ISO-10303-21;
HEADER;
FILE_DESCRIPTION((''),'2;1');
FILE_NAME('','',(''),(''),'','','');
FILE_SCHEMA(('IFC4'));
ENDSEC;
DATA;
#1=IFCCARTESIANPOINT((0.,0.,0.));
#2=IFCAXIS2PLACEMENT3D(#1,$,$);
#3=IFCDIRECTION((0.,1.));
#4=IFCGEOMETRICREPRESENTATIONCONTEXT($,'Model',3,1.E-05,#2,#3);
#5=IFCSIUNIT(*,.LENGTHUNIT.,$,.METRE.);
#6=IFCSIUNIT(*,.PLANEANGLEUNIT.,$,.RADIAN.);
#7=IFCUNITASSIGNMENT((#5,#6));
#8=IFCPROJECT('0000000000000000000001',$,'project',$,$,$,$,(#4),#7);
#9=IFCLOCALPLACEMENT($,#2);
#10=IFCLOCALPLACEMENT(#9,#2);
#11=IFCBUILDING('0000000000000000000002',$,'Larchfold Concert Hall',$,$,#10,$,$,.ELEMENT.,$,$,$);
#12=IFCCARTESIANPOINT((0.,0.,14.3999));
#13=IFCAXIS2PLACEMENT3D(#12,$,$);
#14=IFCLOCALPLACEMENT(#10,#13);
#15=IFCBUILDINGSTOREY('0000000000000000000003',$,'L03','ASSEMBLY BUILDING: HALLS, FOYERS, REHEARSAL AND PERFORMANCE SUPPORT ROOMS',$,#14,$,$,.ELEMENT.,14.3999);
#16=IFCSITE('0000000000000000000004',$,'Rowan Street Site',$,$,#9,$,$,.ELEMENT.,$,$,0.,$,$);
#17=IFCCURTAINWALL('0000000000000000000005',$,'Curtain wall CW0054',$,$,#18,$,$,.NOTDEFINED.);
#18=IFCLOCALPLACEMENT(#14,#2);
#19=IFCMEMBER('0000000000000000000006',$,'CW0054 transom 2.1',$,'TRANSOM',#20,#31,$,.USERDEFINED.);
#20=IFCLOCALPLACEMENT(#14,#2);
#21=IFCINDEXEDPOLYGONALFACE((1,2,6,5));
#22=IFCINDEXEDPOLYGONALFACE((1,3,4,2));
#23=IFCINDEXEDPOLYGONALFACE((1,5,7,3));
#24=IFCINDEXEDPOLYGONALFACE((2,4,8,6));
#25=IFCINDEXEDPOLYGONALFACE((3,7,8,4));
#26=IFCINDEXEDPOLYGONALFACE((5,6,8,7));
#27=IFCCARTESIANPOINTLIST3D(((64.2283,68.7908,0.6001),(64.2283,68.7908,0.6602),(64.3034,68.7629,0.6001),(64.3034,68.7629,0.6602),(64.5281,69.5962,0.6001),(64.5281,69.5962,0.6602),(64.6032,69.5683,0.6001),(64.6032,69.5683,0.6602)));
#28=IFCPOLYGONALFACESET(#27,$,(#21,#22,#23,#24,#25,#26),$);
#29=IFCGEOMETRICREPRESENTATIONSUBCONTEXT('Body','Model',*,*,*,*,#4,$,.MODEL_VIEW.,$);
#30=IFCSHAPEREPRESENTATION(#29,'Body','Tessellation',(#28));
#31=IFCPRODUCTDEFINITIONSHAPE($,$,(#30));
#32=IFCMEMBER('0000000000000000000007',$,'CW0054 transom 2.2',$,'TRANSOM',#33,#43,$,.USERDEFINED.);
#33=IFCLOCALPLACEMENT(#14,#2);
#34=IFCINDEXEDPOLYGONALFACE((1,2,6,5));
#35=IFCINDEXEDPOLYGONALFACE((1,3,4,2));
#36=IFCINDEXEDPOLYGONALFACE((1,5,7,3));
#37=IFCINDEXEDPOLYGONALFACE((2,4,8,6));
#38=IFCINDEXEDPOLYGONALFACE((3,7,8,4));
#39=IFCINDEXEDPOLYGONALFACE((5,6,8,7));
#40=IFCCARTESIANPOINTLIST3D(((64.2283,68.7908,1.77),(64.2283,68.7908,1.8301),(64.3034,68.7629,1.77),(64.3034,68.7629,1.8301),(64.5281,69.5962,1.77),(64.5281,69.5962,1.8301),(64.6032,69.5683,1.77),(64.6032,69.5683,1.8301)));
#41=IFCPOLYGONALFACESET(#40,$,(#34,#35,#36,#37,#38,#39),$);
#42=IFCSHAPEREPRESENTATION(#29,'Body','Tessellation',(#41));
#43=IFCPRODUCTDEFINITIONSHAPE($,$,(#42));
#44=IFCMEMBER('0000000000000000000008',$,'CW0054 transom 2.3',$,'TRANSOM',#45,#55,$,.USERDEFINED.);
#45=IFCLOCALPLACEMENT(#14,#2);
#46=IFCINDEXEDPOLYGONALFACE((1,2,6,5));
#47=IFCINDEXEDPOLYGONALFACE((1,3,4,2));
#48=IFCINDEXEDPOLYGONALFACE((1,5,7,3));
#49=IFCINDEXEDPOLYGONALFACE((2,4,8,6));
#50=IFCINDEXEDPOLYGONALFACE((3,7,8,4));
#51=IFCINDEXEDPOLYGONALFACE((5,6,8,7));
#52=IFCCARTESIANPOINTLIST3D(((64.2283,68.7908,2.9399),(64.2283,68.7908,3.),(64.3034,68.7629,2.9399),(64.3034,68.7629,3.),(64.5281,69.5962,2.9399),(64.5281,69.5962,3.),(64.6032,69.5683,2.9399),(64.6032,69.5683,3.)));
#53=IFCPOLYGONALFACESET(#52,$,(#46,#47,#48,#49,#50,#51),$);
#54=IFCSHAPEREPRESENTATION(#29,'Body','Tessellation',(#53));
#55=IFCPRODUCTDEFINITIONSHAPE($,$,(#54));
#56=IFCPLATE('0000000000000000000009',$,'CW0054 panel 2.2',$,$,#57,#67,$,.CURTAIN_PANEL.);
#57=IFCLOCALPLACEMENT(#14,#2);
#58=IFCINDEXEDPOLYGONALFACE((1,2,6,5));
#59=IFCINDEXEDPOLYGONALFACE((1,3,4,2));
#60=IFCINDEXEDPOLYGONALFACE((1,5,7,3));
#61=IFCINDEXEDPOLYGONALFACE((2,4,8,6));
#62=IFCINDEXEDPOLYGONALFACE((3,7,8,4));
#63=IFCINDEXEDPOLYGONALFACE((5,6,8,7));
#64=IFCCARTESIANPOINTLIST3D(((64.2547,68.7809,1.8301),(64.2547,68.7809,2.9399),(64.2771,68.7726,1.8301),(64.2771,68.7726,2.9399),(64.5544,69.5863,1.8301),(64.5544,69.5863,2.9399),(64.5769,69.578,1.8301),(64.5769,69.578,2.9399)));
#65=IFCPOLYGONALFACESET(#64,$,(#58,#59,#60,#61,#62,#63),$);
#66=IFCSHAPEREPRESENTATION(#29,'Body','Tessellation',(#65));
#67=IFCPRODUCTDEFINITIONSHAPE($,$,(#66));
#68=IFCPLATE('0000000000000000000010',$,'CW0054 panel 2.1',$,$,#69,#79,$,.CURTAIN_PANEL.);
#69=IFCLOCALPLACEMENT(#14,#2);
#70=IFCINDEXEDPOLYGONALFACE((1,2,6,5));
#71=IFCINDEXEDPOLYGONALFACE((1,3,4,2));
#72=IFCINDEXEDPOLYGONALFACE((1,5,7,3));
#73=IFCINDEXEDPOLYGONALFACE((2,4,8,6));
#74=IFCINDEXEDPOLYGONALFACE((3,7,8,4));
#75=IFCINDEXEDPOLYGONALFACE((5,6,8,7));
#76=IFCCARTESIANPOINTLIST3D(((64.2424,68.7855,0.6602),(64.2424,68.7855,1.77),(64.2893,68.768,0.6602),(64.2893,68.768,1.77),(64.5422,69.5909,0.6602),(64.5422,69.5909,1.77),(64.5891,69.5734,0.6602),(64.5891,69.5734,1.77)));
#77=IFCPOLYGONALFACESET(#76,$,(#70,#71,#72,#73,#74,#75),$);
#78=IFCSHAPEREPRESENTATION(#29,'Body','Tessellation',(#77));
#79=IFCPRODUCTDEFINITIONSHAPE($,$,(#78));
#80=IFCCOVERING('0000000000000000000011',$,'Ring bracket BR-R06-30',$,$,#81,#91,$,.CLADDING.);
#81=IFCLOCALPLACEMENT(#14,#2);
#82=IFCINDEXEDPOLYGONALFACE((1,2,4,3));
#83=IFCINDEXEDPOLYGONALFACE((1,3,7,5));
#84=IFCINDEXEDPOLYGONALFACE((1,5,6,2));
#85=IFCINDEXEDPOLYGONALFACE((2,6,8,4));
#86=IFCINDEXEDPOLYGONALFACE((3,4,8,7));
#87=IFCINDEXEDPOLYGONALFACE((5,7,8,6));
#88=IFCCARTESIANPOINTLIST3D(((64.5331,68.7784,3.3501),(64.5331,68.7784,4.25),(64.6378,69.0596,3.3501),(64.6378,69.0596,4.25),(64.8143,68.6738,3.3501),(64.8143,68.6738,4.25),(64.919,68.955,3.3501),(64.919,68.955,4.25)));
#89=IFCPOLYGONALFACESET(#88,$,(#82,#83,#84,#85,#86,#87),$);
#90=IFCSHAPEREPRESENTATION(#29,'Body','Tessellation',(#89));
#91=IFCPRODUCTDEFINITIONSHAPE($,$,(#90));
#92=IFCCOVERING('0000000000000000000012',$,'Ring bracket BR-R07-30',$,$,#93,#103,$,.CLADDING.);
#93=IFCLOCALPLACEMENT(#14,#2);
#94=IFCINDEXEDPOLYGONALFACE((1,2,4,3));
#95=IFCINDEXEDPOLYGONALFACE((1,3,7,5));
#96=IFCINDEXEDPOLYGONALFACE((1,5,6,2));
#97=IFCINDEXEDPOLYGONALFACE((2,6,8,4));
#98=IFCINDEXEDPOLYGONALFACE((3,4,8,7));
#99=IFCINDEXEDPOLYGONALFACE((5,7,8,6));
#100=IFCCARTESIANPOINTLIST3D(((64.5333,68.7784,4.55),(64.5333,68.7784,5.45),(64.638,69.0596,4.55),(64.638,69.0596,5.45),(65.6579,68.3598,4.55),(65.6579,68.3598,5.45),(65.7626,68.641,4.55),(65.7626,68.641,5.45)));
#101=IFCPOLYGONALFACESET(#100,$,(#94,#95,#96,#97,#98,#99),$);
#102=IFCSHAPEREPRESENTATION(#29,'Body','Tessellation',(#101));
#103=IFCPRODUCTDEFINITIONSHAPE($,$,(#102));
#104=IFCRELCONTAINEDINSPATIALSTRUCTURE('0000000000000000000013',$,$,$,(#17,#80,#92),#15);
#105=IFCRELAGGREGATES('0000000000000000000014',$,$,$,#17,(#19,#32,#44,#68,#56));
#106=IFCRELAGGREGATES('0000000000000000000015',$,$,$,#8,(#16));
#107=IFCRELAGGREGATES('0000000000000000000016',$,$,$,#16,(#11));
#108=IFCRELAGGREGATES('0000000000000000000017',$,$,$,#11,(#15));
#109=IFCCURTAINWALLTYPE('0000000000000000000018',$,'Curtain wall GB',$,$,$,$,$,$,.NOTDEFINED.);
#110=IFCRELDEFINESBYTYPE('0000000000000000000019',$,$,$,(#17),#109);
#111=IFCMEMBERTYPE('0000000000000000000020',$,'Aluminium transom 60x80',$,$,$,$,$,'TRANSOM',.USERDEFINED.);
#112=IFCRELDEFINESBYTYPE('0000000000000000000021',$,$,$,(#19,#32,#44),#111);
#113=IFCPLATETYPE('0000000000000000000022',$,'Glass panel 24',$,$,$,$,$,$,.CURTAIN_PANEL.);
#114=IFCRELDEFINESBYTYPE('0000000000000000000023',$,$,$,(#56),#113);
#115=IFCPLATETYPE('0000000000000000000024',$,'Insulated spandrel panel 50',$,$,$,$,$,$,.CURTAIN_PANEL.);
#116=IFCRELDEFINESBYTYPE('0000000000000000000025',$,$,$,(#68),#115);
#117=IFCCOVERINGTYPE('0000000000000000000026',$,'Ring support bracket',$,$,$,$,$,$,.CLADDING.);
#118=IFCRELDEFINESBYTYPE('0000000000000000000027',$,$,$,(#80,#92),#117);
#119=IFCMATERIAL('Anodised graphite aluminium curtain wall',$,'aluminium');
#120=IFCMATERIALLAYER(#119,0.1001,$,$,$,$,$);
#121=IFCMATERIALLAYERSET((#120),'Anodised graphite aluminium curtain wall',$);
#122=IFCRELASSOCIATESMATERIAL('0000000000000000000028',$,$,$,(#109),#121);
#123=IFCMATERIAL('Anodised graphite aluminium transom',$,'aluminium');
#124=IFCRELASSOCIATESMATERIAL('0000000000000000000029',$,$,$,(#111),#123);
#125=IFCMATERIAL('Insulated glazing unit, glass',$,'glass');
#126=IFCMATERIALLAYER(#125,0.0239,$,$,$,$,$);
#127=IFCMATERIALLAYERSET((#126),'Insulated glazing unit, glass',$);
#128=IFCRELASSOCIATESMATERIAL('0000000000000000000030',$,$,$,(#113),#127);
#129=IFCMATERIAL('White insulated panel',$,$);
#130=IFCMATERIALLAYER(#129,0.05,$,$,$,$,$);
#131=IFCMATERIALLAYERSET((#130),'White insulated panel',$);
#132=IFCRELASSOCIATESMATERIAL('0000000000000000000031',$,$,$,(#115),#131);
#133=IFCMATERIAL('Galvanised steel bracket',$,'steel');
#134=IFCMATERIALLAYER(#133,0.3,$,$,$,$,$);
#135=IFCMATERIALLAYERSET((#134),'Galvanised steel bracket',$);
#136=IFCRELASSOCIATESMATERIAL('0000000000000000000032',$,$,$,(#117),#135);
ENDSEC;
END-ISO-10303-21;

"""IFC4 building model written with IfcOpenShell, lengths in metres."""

from ifc_helpers import new_model, si_unit, direction, frame, origin, origin_2d, place, context, subcontext, project, spatial, rectangle, extrude, material, layer, layer_set, material_profile, profile_set, type_object, element, aggregate, save


model = new_model("IFC4")

# Units and contexts
model_context = context("Model", 3, precision=1e-05, world=origin(), true_north=direction((0.0, 1.0)))
body_context = subcontext(model_context, "Body", "Model", "MODEL_VIEW")
ifc_project = project(units=[si_unit("LENGTHUNIT", "METRE"), si_unit("PLANEANGLEUNIT", "RADIAN")], contexts=[model_context])

# Site, building, storey
site_placement = place(None, origin())
site = spatial("IfcSite", under=ifc_project, at=site_placement, Name="Rowan Street Site", CompositionType="ELEMENT", RefElevation=0.0)
building_placement = place(site_placement, origin())
building = spatial("IfcBuilding", under=site, at=building_placement, Name="Larchfold Concert Hall", CompositionType="ELEMENT")
storey_placement = place(building_placement, frame((0.0, 0.0, 14.3999)))
storey = spatial("IfcBuildingStorey", under=building, at=storey_placement, Name="L03", Description="ASSEMBLY BUILDING: HALLS, FOYERS, REHEARSAL AND PERFORMANCE SUPPORT ROOMS", CompositionType="ELEMENT", Elevation=14.3999)

# Curtain wall
ifc_material_1 = material(Name="Anodised graphite aluminium curtain wall", Category="aluminium")
ifc_layer_1 = layer(ifc_material_1, 0.1001)
ifc_layer_set_1 = layer_set([ifc_layer_1], Name="Anodised graphite aluminium curtain wall")
curtain_wall_type = type_object("IfcCurtainWallType", Name="Curtain wall GB", PredefinedType="NOTDEFINED", material=ifc_layer_set_1)
curtain_wall_1_placement = place(storey_placement, origin())
curtain_wall_1 = element("IfcCurtainWall", 1, at=curtain_wall_1_placement, inside=storey, type_object=curtain_wall_type, Name="Curtain wall CW0054", PredefinedType="NOTDEFINED")

# Members
ifc_material_2 = material(Name="Anodised graphite aluminium transom", Category="aluminium")
ifc_material_profile_1 = material_profile(ifc_material_2, rectangle(XDim=0.0801, YDim=0.0601, at=origin_2d()))
ifc_profile_set_1 = profile_set([ifc_material_profile_1], Name="Anodised graphite aluminium transom")
member_type_1 = type_object("IfcMemberType", Name="Aluminium transom 60x80", ElementType="TRANSOM", PredefinedType="USERDEFINED", material=ifc_profile_set_1)
member_1_placement = place(storey_placement, frame((64.2659, 68.7769, 0.6301), z_axis=(0.34885, 0.937179, 0.0), x_axis=(-0.937179, 0.34885, 0.0)))
member_1 = element("IfcMember", 2, at=member_1_placement, type_object=member_type_1, Name="CW0054 transom 2.1", ObjectType="TRANSOM", PredefinedType="USERDEFINED", context=body_context, shape_type="SweptSolid", body=[
    extrude(rectangle(XDim=0.0801, YDim=0.0601, at=origin_2d()), origin(), (0.0, 0.0, 1.0), 0.8594),
])
member_2_placement = place(storey_placement, frame((64.2659, 68.7769, 1.8), z_axis=(0.34885, 0.937179, 0.0), x_axis=(-0.937179, 0.34885, 0.0)))
member_2 = element("IfcMember", 3, at=member_2_placement, type_object=member_type_1, Name="CW0054 transom 2.2", ObjectType="TRANSOM", PredefinedType="USERDEFINED", context=body_context, shape_type="SweptSolid", body=[
    extrude(rectangle(XDim=0.0801, YDim=0.0601, at=origin_2d()), origin(), (0.0, 0.0, 1.0), 0.8594),
])
member_3_placement = place(storey_placement, frame((64.2659, 68.7769, 2.97), z_axis=(0.34885, 0.937179, 0.0), x_axis=(-0.937179, 0.34885, 0.0)))
member_3 = element("IfcMember", 4, at=member_3_placement, type_object=member_type_1, Name="CW0054 transom 2.3", ObjectType="TRANSOM", PredefinedType="USERDEFINED", context=body_context, shape_type="SweptSolid", body=[
    extrude(rectangle(XDim=0.0801, YDim=0.0601, at=origin_2d()), origin(), (0.0, 0.0, 1.0), 0.8594),
])

# Plates
ifc_material_3 = material(Name="Insulated glazing unit, glass", Category="glass")
ifc_layer_2 = layer(ifc_material_3, 0.0239)
ifc_layer_set_2 = layer_set([ifc_layer_2], Name="Insulated glazing unit, glass")
plate_type_1 = type_object("IfcPlateType", Name="Glass panel 24", PredefinedType="CURTAIN_PANEL", material=ifc_layer_set_2)
plate_1_placement = place(storey_placement, frame((64.4158, 69.1794, 1.8301), z_axis=(0.0, 0.0, 1.0), x_axis=(0.348826, 0.937188, 0.0)))
plate_1 = element("IfcPlate", 5, at=plate_1_placement, type_object=plate_type_1, Name="CW0054 panel 2.2", PredefinedType="CURTAIN_PANEL", context=body_context, shape_type="SweptSolid", body=[
    extrude(rectangle(XDim=0.8594, YDim=0.0239, at=origin_2d()), origin(), (0.0, 0.0, 1.0), 1.1099),
])
ifc_material_4 = material(Name="White insulated panel")
ifc_layer_3 = layer(ifc_material_4, 0.05)
ifc_layer_set_3 = layer_set([ifc_layer_3], Name="White insulated panel")
plate_type_2 = type_object("IfcPlateType", Name="Insulated spandrel panel 50", PredefinedType="CURTAIN_PANEL", material=ifc_layer_set_3)
plate_2_placement = place(storey_placement, frame((64.4158, 69.1794, 0.6602), z_axis=(0.0, 0.0, 1.0), x_axis=(0.348826, 0.937188, 0.0)))
plate_2 = element("IfcPlate", 6, at=plate_2_placement, type_object=plate_type_2, Name="CW0054 panel 2.1", PredefinedType="CURTAIN_PANEL", context=body_context, shape_type="SweptSolid", body=[
    extrude(rectangle(XDim=0.8594, YDim=0.05, at=origin_2d()), origin(), (0.0, 0.0, 1.0), 1.1099),
])
aggregate(curtain_wall_1, [member_1, member_2, member_3, plate_2, plate_1])

# Coverings
ifc_material_5 = material(Name="Galvanised steel bracket", Category="steel")
ifc_layer_4 = layer(ifc_material_5, 0.3)
ifc_layer_set_4 = layer_set([ifc_layer_4], Name="Galvanised steel bracket")
covering_type = type_object("IfcCoveringType", Name="Ring support bracket", PredefinedType="CLADDING", material=ifc_layer_set_4)
covering_1_placement = place(storey_placement, frame((64.7261, 68.8667, 3.3501), z_axis=(0.0, 0.0, 1.0), x_axis=(0.937177, -0.348853, 0.0)))
element("IfcCovering", 7, at=covering_1_placement, inside=storey, type_object=covering_type, Name="Ring bracket BR-R06-30", PredefinedType="CLADDING", context=body_context, shape_type="SweptSolid", body=[
    extrude(rectangle(XDim=0.3, YDim=0.3, at=origin_2d()), origin(), (0.0, 0.0, 1.0), 0.8999),
])
covering_2_placement = place(storey_placement, frame((65.1479, 68.7097, 4.55), z_axis=(0.0, 0.0, 1.0), x_axis=(0.937177, -0.348853, 0.0)))
element("IfcCovering", 8, at=covering_2_placement, inside=storey, type_object=covering_type, Name="Ring bracket BR-R07-30", PredefinedType="CLADDING", context=body_context, shape_type="SweptSolid", body=[
    extrude(rectangle(XDim=1.2, YDim=0.3, at=origin_2d()), origin(), (0.0, 0.0, 1.0), 0.8999),
])

save(model, "model.ifc")
